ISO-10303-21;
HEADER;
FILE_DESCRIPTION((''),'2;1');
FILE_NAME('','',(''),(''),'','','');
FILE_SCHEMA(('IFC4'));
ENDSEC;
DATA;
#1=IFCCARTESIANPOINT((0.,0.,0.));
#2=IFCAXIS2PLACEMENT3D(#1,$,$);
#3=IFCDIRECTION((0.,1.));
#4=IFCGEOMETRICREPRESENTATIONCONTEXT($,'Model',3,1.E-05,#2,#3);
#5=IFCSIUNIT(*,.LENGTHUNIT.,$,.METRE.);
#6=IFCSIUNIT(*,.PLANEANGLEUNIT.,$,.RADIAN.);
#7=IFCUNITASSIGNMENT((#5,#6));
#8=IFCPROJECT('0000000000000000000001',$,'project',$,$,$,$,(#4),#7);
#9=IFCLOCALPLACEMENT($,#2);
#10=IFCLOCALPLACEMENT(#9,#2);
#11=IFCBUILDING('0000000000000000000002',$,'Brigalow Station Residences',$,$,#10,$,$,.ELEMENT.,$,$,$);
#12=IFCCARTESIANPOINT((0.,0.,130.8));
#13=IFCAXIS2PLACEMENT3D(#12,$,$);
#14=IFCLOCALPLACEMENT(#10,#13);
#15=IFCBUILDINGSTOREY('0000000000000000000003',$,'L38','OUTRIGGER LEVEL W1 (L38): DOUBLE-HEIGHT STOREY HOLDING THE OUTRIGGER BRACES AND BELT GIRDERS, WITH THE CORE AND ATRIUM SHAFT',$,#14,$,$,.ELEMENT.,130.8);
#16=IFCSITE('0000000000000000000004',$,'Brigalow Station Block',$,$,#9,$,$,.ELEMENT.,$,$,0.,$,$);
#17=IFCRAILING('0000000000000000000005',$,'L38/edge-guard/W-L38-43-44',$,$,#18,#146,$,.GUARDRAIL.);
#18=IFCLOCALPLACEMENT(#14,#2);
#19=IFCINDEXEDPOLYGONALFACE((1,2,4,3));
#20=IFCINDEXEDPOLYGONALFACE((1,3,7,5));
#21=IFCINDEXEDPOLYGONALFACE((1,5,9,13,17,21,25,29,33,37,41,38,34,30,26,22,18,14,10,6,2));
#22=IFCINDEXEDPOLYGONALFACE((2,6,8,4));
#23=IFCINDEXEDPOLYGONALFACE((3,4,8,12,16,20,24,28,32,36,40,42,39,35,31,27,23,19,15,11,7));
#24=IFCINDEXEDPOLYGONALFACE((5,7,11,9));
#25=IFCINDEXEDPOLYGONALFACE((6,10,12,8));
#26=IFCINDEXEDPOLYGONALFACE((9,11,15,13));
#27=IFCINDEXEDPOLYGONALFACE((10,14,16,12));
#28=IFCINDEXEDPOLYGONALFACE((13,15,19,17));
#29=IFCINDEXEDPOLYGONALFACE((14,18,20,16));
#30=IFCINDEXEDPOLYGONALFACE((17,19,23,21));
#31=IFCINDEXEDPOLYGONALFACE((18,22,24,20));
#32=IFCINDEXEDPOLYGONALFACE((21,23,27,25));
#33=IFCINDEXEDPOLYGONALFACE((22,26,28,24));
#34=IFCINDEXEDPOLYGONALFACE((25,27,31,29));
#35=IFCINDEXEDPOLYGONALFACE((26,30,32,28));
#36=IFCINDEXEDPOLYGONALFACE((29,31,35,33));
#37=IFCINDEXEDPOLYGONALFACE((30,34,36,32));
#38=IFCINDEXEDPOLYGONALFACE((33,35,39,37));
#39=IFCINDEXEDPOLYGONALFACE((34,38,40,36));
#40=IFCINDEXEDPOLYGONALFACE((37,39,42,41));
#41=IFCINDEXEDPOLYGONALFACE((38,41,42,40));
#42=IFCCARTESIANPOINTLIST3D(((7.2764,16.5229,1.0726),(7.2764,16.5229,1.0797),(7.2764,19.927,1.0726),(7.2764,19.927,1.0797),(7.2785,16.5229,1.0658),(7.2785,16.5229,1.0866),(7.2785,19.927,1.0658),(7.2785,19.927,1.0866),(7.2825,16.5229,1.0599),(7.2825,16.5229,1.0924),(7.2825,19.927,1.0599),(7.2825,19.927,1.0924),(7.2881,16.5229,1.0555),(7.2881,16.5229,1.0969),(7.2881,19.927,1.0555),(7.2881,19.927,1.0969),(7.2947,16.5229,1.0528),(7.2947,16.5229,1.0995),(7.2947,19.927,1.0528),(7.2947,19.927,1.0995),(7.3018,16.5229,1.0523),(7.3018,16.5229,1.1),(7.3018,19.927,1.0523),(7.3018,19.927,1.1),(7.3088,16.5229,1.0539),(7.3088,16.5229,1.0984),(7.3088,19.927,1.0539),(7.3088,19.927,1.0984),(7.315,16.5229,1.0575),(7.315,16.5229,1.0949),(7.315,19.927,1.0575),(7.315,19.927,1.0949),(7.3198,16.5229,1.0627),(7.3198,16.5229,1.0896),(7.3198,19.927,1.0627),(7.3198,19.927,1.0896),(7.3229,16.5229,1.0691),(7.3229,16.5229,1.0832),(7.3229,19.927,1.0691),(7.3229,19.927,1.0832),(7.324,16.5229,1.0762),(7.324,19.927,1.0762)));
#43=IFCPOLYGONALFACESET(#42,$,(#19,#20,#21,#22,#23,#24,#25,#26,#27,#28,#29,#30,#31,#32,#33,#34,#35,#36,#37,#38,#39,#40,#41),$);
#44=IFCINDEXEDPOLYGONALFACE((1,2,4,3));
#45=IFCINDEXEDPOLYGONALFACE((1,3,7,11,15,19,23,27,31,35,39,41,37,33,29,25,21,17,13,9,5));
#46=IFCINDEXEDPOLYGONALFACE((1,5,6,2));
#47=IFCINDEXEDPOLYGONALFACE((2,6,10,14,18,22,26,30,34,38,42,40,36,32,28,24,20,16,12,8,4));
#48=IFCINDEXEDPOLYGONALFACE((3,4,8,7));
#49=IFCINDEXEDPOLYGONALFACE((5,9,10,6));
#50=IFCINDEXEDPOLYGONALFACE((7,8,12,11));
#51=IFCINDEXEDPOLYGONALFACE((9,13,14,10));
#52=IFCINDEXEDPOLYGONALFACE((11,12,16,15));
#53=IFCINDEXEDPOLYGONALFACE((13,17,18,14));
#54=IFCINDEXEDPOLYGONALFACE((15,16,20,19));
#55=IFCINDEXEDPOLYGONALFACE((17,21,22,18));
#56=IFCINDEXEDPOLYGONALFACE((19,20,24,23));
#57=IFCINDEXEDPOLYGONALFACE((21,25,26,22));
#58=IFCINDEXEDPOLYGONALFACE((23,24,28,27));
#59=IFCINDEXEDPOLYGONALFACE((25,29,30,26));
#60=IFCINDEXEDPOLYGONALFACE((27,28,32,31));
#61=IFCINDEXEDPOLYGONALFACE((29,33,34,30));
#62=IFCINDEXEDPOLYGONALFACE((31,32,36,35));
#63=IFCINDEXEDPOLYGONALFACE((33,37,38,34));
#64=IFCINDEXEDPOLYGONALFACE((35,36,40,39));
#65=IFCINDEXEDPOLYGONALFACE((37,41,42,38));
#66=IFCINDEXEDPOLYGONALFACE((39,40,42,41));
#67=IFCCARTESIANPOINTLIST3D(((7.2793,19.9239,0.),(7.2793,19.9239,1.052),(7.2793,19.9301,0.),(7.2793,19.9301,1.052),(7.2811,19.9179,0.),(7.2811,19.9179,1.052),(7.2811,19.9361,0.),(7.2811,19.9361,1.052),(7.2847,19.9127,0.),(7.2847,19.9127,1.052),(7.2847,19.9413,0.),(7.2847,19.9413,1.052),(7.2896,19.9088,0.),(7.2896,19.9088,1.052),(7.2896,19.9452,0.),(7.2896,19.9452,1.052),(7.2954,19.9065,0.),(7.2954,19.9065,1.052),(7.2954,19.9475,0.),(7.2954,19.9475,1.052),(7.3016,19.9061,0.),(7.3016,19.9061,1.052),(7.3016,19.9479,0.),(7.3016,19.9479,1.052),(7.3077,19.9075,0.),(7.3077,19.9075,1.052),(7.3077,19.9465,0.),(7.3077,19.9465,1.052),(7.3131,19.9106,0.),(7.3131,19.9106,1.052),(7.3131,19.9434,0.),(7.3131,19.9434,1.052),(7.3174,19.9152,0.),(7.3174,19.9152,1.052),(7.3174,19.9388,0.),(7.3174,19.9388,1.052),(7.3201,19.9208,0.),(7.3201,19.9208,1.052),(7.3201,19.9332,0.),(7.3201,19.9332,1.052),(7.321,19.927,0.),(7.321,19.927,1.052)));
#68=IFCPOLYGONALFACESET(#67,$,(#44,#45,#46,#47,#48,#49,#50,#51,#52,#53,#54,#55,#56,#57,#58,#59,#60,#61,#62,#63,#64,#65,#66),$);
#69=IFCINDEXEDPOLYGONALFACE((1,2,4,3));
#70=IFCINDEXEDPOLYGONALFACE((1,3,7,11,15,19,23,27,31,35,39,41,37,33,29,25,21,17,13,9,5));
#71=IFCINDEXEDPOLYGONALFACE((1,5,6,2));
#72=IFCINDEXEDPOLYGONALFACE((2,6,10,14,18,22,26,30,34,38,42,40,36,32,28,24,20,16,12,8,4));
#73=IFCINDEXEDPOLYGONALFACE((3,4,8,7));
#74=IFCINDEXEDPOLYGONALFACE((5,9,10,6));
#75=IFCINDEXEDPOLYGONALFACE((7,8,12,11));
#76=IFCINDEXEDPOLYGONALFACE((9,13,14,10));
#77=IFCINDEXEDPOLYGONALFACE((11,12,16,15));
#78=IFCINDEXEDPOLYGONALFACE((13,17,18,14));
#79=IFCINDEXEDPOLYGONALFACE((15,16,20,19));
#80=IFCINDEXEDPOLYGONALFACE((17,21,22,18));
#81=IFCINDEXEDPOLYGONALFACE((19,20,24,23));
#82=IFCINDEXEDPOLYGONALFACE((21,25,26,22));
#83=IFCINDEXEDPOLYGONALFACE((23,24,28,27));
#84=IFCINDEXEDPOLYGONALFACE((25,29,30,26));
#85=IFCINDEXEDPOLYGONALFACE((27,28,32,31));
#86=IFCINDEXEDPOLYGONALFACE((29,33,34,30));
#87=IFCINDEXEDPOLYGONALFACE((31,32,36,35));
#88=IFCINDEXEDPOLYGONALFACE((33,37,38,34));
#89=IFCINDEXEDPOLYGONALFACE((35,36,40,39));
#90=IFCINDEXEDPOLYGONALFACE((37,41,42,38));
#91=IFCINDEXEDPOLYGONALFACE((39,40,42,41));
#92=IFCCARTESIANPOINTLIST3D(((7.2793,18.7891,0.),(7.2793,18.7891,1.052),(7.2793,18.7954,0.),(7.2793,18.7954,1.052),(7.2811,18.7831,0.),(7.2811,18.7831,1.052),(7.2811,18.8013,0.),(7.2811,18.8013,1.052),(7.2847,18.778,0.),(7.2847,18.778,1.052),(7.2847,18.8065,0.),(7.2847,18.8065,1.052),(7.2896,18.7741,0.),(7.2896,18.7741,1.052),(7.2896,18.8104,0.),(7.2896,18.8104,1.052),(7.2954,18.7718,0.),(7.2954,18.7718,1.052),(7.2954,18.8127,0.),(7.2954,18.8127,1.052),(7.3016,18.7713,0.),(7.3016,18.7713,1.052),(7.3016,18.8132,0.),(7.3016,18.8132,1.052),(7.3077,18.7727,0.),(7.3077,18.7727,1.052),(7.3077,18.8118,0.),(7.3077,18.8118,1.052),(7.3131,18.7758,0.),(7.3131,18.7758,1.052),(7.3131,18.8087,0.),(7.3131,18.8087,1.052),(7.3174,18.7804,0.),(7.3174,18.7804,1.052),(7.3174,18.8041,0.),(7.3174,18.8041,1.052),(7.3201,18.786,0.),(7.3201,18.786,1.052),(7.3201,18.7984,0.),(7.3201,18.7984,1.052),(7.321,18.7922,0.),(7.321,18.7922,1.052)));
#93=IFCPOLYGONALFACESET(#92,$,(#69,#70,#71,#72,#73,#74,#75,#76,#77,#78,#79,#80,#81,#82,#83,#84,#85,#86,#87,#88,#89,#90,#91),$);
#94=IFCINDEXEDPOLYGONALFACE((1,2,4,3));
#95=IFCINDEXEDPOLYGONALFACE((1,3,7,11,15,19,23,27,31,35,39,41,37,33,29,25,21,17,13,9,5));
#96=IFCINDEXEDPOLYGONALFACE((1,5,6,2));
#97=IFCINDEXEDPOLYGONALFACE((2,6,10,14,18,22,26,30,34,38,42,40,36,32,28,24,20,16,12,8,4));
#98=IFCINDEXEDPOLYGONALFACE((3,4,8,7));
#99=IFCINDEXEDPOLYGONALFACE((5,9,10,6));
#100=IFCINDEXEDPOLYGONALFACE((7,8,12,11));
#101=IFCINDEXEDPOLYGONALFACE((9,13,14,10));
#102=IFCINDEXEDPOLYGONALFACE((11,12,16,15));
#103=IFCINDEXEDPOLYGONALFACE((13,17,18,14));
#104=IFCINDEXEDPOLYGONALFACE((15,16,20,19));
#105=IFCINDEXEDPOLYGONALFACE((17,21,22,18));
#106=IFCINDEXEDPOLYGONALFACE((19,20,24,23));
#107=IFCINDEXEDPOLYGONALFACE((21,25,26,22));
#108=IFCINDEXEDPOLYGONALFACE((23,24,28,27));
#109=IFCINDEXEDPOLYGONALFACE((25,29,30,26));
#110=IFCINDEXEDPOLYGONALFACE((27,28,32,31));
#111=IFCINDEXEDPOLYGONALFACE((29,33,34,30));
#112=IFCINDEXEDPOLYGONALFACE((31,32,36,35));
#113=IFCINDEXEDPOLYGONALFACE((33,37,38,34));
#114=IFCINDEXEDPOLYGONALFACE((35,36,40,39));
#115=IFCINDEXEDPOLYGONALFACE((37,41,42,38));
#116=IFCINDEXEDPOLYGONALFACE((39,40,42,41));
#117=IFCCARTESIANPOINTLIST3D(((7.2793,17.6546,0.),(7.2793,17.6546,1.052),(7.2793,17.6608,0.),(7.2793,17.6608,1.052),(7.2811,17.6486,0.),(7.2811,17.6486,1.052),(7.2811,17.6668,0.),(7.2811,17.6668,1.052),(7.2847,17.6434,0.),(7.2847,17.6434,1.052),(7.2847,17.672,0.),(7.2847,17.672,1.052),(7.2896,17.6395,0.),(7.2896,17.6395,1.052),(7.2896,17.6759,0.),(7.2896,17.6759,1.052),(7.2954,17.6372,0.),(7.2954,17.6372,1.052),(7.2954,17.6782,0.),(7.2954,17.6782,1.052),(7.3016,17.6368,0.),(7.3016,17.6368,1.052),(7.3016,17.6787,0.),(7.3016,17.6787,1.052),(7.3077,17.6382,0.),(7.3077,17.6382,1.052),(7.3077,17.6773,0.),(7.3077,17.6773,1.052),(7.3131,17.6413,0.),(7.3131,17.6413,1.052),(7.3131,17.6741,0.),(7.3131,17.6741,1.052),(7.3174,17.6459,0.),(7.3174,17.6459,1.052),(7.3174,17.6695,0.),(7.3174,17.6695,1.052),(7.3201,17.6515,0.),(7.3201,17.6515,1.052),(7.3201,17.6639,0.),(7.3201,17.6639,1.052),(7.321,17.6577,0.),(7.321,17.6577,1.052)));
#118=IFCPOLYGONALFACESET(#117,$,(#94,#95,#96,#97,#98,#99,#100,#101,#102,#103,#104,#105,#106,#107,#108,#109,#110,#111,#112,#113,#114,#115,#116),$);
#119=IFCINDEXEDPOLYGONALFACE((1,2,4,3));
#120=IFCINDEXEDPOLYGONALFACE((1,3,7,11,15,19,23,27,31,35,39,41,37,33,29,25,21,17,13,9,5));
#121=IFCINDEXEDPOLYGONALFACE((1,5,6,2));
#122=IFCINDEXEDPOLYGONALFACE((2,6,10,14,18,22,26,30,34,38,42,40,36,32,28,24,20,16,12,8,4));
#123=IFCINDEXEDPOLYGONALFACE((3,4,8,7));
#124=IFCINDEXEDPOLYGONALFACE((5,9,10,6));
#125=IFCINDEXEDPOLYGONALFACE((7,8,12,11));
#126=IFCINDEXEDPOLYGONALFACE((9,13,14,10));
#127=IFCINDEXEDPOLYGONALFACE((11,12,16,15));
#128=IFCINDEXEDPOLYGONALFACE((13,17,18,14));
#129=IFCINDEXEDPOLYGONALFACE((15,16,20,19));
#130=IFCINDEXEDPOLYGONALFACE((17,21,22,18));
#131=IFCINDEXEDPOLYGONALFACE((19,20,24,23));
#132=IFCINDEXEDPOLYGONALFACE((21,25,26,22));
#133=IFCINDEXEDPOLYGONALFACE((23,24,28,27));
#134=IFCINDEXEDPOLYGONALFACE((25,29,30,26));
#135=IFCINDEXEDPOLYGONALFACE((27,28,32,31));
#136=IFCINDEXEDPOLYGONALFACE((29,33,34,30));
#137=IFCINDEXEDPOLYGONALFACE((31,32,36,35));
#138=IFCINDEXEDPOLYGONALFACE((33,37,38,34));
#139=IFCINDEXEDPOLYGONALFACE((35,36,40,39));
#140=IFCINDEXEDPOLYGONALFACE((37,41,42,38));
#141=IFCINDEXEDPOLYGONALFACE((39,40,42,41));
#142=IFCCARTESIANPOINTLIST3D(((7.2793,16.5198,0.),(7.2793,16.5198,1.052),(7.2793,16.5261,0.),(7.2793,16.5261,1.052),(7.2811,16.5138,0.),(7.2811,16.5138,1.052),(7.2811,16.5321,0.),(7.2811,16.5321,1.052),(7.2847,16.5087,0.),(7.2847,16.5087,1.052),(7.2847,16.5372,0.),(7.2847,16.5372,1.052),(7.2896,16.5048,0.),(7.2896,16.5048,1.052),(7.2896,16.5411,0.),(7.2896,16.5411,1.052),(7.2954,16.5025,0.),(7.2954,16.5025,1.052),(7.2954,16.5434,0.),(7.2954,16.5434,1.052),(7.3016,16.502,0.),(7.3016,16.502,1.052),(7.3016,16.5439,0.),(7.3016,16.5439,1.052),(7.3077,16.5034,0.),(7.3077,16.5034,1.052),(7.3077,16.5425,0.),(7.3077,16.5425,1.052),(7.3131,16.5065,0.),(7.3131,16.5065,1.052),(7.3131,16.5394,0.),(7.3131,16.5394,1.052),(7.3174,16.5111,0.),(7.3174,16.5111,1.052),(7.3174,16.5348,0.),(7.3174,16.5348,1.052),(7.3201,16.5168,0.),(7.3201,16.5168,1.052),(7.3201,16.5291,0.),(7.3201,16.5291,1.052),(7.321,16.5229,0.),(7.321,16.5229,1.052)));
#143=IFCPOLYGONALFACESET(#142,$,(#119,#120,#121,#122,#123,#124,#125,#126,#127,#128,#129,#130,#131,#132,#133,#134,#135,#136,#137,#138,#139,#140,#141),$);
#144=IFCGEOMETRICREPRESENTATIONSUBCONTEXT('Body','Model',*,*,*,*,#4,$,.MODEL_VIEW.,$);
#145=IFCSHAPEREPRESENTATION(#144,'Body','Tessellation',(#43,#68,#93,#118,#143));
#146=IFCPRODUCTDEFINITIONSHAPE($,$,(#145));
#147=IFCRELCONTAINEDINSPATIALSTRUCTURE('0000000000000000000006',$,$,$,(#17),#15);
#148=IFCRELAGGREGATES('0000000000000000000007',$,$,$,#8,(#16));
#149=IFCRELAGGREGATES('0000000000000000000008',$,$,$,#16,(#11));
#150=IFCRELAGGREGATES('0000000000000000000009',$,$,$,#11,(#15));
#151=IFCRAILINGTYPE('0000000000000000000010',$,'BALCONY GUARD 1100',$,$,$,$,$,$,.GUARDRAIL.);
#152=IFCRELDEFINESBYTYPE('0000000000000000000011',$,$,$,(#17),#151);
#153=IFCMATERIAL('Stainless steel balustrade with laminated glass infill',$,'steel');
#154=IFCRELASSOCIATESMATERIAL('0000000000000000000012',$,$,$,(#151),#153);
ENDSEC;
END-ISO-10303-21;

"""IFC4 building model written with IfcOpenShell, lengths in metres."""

from ifc_helpers import new_model, si_unit, direction, frame, origin, origin_2d, place, context, subcontext, project, spatial, circle, extrude, material, type_object, element, save


model = new_model("IFC4")

# Units and contexts
model_context = context("Model", 3, precision=1e-05, world=origin(), true_north=direction((0.0, 1.0)))
body_context = subcontext(model_context, "Body", "Model", "MODEL_VIEW")
ifc_project = project(units=[si_unit("LENGTHUNIT", "METRE"), si_unit("PLANEANGLEUNIT", "RADIAN")], contexts=[model_context])

# Site, building, storey
site_placement = place(None, origin())
site = spatial("IfcSite", under=ifc_project, at=site_placement, Name="Brigalow Station Block", CompositionType="ELEMENT", RefElevation=0.0)
building_placement = place(site_placement, origin())
building = spatial("IfcBuilding", under=site, at=building_placement, Name="Brigalow Station Residences", CompositionType="ELEMENT")
storey_placement = place(building_placement, frame((0.0, 0.0, 130.8)))
storey = spatial("IfcBuildingStorey", under=building, at=storey_placement, Name="L38", Description="OUTRIGGER LEVEL W1 (L38): DOUBLE-HEIGHT STOREY HOLDING THE OUTRIGGER BRACES AND BELT GIRDERS, WITH THE CORE AND ATRIUM SHAFT", CompositionType="ELEMENT", Elevation=130.8)

# Railing
ifc_material_1 = material(Name="Stainless steel balustrade with laminated glass infill", Category="steel")
railing_type = type_object("IfcRailingType", Name="BALCONY GUARD 1100", PredefinedType="GUARDRAIL", material=ifc_material_1)
railing_1_placement = place(storey_placement, frame((7.3, 19.927, 0.0)))
element("IfcRailing", 1, at=railing_1_placement, inside=storey, type_object=railing_type, Name="L38/edge-guard/W-L38-43-44", PredefinedType="GUARDRAIL", context=body_context, shape_type="SweptSolid", body=[
    extrude(circle(Radius=0.0239, at=origin_2d()), frame((0.0, 0.0, 1.0762), z_axis=(0.0, -1.0, 0.0), x_axis=(1.0, 0.0, 0.0)), (0.0, 0.0, 1.0), 3.4041),
    extrude(circle(Radius=0.021, at=origin_2d()), origin(), (0.0, 0.0, 1.0), 1.052),
    extrude(circle(Radius=0.021, at=origin_2d()), frame((0.0, -1.1348, 0.0)), (0.0, 0.0, 1.0), 1.052),
    extrude(circle(Radius=0.021, at=origin_2d()), frame((0.0, -2.2693, 0.0)), (0.0, 0.0, 1.0), 1.052),
    extrude(circle(Radius=0.021, at=origin_2d()), frame((0.0, -3.4041, 0.0)), (0.0, 0.0, 1.0), 1.052),
])

save(model, "model.ifc")
